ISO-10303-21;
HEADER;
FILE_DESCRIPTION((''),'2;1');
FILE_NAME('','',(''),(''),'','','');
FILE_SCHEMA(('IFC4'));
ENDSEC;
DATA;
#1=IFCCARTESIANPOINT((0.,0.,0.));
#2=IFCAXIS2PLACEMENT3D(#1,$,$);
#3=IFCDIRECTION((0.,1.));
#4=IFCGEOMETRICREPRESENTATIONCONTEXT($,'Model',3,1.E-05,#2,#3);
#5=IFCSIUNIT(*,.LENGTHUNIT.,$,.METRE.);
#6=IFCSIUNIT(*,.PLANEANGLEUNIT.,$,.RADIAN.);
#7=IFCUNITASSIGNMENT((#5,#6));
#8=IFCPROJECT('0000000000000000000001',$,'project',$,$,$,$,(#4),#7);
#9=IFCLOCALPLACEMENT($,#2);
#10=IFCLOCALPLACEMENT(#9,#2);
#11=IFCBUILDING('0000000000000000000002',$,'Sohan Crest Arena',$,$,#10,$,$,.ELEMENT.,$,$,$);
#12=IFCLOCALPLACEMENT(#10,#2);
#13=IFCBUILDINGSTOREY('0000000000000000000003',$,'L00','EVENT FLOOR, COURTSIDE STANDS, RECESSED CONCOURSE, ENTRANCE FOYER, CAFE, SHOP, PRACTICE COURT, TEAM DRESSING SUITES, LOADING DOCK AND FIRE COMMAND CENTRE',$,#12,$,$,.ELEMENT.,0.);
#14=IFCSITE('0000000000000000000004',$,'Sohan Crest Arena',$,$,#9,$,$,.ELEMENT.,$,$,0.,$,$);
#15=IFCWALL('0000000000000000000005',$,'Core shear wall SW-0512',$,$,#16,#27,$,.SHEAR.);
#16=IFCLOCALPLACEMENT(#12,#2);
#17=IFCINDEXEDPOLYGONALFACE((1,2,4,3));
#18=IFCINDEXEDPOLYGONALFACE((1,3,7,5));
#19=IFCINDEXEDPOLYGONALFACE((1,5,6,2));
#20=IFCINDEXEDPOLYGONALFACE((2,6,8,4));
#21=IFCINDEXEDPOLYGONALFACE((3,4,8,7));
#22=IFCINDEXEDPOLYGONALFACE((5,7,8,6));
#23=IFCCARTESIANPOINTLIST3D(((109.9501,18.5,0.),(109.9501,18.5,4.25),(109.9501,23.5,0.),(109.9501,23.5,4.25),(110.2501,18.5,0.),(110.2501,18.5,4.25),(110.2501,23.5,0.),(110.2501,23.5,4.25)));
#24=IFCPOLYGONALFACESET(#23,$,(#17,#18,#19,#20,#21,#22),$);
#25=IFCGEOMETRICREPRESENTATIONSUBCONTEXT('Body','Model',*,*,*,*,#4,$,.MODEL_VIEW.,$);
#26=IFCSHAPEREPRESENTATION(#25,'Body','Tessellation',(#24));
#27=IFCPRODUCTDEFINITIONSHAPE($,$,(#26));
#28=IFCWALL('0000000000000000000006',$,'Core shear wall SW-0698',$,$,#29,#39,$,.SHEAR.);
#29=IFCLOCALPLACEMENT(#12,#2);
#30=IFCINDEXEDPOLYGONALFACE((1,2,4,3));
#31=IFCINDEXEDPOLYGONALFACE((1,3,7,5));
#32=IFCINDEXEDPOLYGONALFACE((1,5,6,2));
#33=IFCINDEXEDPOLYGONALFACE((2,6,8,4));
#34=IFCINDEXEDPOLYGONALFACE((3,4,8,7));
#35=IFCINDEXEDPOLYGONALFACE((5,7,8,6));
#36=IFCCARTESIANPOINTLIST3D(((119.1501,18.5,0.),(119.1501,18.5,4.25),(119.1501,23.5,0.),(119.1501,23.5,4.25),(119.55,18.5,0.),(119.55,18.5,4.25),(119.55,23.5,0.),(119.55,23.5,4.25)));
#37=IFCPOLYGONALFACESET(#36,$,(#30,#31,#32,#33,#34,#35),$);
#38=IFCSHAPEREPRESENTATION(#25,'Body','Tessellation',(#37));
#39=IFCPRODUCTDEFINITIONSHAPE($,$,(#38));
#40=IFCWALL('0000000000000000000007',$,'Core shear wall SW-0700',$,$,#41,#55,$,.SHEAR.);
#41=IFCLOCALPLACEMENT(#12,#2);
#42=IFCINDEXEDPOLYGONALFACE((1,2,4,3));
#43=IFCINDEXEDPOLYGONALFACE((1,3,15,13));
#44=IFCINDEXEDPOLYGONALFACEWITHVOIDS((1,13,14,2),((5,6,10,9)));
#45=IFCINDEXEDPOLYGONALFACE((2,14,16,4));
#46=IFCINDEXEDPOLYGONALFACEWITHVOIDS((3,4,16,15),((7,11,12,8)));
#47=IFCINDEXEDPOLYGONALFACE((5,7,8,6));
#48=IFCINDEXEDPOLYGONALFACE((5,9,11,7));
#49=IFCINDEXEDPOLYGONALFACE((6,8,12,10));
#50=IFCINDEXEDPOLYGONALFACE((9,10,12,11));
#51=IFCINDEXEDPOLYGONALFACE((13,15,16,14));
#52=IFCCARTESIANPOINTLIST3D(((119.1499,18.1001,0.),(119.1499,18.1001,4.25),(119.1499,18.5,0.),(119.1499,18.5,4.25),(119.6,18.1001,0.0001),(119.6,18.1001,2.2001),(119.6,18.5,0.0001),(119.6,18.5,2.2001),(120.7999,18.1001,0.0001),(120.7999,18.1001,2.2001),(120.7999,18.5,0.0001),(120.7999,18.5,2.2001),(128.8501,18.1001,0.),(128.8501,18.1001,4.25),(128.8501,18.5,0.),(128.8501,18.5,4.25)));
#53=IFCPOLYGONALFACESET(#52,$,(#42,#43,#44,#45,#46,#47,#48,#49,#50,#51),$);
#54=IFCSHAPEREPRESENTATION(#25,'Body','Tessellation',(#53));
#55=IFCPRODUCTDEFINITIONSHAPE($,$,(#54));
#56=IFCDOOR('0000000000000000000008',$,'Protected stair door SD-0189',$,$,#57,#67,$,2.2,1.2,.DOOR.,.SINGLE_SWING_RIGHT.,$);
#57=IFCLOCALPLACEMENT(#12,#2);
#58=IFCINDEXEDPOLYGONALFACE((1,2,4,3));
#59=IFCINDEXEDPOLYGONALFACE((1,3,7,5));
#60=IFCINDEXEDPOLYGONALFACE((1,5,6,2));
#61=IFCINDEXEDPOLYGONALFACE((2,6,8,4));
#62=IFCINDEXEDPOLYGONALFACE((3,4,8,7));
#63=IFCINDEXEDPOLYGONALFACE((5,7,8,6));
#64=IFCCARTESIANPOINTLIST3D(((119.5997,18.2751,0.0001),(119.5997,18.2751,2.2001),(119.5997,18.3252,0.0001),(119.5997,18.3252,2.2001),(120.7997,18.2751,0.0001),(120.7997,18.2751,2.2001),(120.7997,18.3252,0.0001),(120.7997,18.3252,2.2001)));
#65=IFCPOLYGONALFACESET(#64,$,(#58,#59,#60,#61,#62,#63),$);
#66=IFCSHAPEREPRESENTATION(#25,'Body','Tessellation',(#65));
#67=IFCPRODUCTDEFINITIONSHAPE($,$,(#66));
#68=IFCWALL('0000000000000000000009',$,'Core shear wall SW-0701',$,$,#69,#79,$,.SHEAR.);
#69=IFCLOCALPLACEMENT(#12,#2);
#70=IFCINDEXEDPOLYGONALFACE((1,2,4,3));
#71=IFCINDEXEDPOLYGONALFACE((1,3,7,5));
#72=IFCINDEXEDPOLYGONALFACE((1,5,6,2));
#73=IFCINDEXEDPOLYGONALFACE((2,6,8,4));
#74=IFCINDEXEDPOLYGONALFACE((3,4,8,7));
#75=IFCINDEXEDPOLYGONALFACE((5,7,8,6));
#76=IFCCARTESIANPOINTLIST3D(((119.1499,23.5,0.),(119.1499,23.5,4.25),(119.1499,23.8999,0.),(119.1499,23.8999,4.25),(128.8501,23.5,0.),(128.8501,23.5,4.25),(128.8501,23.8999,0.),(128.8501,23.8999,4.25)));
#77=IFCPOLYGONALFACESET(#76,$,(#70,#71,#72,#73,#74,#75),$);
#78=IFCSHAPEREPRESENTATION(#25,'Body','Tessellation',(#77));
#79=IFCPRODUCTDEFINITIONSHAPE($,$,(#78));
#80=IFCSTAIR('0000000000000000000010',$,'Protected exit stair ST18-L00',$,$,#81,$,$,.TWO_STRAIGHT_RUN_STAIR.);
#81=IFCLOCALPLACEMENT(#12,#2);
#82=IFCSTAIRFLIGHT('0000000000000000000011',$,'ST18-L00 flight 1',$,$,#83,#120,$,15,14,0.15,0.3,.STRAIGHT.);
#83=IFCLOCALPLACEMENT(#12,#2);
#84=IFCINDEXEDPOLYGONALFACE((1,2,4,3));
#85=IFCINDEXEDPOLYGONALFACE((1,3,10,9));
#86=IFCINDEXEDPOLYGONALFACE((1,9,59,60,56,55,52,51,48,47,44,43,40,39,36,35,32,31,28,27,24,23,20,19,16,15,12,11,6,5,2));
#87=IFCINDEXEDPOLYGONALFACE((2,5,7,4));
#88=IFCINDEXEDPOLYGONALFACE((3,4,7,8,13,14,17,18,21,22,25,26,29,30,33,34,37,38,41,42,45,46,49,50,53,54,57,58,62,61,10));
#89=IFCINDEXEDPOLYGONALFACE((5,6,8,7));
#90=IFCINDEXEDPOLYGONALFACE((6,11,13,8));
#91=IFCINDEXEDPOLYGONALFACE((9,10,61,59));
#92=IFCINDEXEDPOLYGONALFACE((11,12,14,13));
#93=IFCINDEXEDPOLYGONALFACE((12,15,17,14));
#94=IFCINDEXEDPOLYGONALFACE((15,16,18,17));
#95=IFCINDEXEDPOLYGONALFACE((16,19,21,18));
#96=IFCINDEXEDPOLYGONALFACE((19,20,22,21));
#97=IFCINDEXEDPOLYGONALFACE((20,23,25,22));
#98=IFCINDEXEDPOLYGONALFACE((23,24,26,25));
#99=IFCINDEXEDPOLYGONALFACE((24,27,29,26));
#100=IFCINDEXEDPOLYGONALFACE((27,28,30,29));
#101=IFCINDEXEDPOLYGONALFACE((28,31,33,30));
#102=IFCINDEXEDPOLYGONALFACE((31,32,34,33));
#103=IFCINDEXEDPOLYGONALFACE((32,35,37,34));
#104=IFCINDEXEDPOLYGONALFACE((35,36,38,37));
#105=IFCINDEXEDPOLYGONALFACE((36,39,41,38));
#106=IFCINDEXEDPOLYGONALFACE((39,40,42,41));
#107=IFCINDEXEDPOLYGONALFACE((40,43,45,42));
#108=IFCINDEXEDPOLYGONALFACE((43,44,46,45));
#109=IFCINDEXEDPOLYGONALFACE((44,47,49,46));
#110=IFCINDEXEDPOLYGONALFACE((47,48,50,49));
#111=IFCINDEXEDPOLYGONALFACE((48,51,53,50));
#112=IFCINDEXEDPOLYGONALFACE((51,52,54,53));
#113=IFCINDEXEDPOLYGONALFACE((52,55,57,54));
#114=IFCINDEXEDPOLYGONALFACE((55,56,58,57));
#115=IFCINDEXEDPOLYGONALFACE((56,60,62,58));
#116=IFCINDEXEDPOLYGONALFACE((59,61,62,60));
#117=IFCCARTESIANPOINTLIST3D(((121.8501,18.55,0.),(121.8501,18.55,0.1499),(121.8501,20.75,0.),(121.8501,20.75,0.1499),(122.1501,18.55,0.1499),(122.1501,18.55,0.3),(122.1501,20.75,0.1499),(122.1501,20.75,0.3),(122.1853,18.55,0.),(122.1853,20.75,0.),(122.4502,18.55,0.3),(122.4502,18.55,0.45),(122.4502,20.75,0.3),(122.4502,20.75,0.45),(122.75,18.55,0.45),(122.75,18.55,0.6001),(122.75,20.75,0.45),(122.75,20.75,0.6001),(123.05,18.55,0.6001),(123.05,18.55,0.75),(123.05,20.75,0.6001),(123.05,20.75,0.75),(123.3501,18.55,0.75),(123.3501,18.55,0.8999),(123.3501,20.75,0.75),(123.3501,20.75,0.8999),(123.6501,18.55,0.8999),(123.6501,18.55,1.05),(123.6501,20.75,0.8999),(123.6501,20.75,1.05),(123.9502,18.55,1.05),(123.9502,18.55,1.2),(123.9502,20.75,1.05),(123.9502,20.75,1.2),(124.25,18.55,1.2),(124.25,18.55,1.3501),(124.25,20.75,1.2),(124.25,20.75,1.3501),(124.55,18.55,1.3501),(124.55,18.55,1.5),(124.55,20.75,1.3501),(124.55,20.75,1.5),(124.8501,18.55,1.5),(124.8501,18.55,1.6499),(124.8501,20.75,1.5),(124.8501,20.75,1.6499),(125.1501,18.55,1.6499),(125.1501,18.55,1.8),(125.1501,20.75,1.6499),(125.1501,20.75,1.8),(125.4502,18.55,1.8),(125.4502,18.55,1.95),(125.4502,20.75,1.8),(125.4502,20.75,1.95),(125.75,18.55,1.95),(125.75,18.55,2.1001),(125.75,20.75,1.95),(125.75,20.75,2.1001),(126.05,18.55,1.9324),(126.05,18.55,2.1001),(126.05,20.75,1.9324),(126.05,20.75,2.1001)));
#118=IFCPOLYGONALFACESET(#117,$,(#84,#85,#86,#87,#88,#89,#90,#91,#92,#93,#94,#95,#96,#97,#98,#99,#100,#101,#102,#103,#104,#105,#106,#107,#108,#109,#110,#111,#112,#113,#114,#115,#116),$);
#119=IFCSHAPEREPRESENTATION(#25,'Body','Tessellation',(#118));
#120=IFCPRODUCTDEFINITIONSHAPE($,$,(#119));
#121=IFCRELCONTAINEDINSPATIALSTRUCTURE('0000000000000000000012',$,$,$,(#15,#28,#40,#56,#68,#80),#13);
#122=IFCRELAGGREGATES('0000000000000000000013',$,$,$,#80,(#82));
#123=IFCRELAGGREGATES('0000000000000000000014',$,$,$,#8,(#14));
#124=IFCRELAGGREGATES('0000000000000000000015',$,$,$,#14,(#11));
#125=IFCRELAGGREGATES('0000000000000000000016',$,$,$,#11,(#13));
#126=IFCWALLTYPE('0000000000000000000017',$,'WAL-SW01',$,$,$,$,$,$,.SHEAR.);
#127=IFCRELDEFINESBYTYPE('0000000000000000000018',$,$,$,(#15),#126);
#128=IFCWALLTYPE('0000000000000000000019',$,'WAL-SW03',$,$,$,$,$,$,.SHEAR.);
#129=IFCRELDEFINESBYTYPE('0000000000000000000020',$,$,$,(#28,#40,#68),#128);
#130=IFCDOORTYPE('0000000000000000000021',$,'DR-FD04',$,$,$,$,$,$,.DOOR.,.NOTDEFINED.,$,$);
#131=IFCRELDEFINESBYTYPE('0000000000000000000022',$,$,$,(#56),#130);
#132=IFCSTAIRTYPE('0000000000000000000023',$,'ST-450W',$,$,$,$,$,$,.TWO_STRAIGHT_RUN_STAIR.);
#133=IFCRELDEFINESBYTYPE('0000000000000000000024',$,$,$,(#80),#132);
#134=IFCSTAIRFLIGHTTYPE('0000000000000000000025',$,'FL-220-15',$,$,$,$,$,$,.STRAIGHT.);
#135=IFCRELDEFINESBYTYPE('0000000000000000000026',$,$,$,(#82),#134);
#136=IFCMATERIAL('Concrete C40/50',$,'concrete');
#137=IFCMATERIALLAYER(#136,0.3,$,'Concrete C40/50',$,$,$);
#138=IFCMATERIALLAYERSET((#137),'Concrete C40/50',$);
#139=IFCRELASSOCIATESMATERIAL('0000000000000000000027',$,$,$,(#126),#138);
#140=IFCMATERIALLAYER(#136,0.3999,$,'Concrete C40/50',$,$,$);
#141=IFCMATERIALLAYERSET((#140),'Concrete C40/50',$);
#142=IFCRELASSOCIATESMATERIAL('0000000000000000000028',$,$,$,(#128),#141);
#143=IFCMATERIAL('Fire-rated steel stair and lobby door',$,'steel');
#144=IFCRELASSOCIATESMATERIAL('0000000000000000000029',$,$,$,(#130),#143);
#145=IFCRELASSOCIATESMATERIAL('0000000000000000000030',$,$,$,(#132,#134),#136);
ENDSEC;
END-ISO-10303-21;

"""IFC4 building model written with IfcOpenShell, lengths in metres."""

from ifc_helpers import new_model, si_unit, direction, frame, frame_2d, origin, place, context, subcontext, project, spatial, polyline, rectangle, outline, extrude, material, layer, layer_set, type_object, element, fill, aggregate, save


model = new_model("IFC4")

# Units and contexts
model_context = context("Model", 3, precision=1e-05, world=origin(), true_north=direction((0.0, 1.0)))
body_context = subcontext(model_context, "Body", "Model", "MODEL_VIEW")
ifc_project = project(units=[si_unit("LENGTHUNIT", "METRE"), si_unit("PLANEANGLEUNIT", "RADIAN")], contexts=[model_context])

# Site, building, storey
site_placement = place(None, origin())
site = spatial("IfcSite", under=ifc_project, at=site_placement, Name="Sohan Crest Arena", CompositionType="ELEMENT", RefElevation=0.0)
building_placement = place(site_placement, origin())
building = spatial("IfcBuilding", under=site, at=building_placement, Name="Sohan Crest Arena", CompositionType="ELEMENT")
storey_placement = place(building_placement, origin())
storey = spatial("IfcBuildingStorey", under=building, at=storey_placement, Name="L00", Description="EVENT FLOOR, COURTSIDE STANDS, RECESSED CONCOURSE, ENTRANCE FOYER, CAFE, SHOP, PRACTICE COURT, TEAM DRESSING SUITES, LOADING DOCK AND FIRE COMMAND CENTRE", CompositionType="ELEMENT", Elevation=0.0)

# Walls
ifc_material_1 = material(Name="Concrete C40/50", Category="concrete")
ifc_layer_1 = layer(ifc_material_1, 0.3, Name="Concrete C40/50")
ifc_layer_set_1 = layer_set([ifc_layer_1], Name="Concrete C40/50")
wall_type_1 = type_object("IfcWallType", Name="WAL-SW01", PredefinedType="SHEAR", material=ifc_layer_set_1)
wall_1_placement = place(storey_placement, frame((110.1001, 18.5, 0.0), z_axis=(0.0, 0.0, 1.0), x_axis=(0.0, 1.0, 0.0)))
element("IfcWall", 1, at=wall_1_placement, inside=storey, type_object=wall_type_1, Name="Core shear wall SW-0512", PredefinedType="SHEAR", context=body_context, shape_type="SweptSolid", body=[
    extrude(rectangle(XDim=5.0, YDim=0.3, at=frame_2d((2.5, 0.0))), origin(), (0.0, 0.0, 1.0), 4.25),
])
ifc_layer_2 = layer(ifc_material_1, 0.3999, Name="Concrete C40/50")
ifc_layer_set_2 = layer_set([ifc_layer_2], Name="Concrete C40/50")
wall_type_2 = type_object("IfcWallType", Name="WAL-SW03", PredefinedType="SHEAR", material=ifc_layer_set_2)
wall_2_placement = place(storey_placement, frame((119.3501, 18.5, 0.0), z_axis=(0.0, 0.0, 1.0), x_axis=(0.0, 1.0, 0.0)))
element("IfcWall", 2, at=wall_2_placement, inside=storey, type_object=wall_type_2, Name="Core shear wall SW-0698", PredefinedType="SHEAR", context=body_context, shape_type="SweptSolid", body=[
    extrude(rectangle(XDim=5.0, YDim=0.3999, at=frame_2d((2.5, 0.0))), origin(), (0.0, 0.0, 1.0), 4.25),
])

# Wall, opening, door
wall_3_placement = place(storey_placement, frame((119.1499, 18.3, 0.0), z_axis=(0.0, 0.0, 1.0), x_axis=(1.0, 0.0, 0.0)))
wall_3 = element("IfcWall", 3, at=wall_3_placement, inside=storey, type_object=wall_type_2, Name="Core shear wall SW-0700", PredefinedType="SHEAR", context=body_context, shape_type="SweptSolid", body=[
    extrude(rectangle(XDim=9.7002, YDim=0.3999, at=frame_2d((4.8501, 0.0))), origin(), (0.0, 0.0, 1.0), 4.25),
])
opening_1_placement = place(wall_3_placement, frame((0.45, 0.0, 0.0)))
opening_1 = element("IfcOpeningElement", 4, at=opening_1_placement, cuts=wall_3, PredefinedType="OPENING", context=body_context, shape_type="SweptSolid", body=[
    extrude(rectangle(XDim=1.2, YDim=2.2, at=frame_2d((0.6001, 1.1001))), frame((0.0, 0.21, 0.0), z_axis=(0.0, -1.0, 0.0), x_axis=(1.0, 0.0, 0.0)), (0.0, 0.0, 1.0), 0.4199),
])
ifc_material_2 = material(Name="Fire-rated steel stair and lobby door", Category="steel")
door_type_1 = type_object("IfcDoorType", Name="DR-FD04", OperationType="NOTDEFINED", PredefinedType="DOOR", material=ifc_material_2)
door_1_placement = place(opening_1_placement, frame((1.2, 0.0, 0.0), z_axis=(0.0, 0.0, 1.0), x_axis=(-1.0, 0.0, 0.0)))
door_1 = element("IfcDoor", 5, at=door_1_placement, inside=storey, type_object=door_type_1, Name="Protected stair door SD-0189", OperationType="SINGLE_SWING_RIGHT", OverallHeight=2.2, OverallWidth=1.2, PredefinedType="DOOR", context=body_context, shape_type="SweptSolid", body=[
    extrude(rectangle(XDim=1.2, YDim=2.2, at=frame_2d((0.6001, 1.1001))), frame((0.0, 0.0249, 0.0), z_axis=(0.0, -1.0, 0.0), x_axis=(1.0, 0.0, 0.0)), (0.0, 0.0, 1.0), 0.05),
])
fill(opening_1, door_1)

# Wall
wall_4_placement = place(storey_placement, frame((119.1499, 23.7, 0.0), z_axis=(0.0, 0.0, 1.0), x_axis=(1.0, 0.0, 0.0)))
element("IfcWall", 6, at=wall_4_placement, inside=storey, type_object=wall_type_2, Name="Core shear wall SW-0701", PredefinedType="SHEAR", context=body_context, shape_type="SweptSolid", body=[
    extrude(rectangle(XDim=9.7002, YDim=0.3999, at=frame_2d((4.8501, 0.0))), origin(), (0.0, 0.0, 1.0), 4.25),
])

# Stair, stair flight
stair_type = type_object("IfcStairType", Name="ST-450W", PredefinedType="TWO_STRAIGHT_RUN_STAIR", material=ifc_material_1)
stair_placement = place(storey_placement, origin())
stair = element("IfcStair", 7, at=stair_placement, inside=storey, type_object=stair_type, Name="Protected exit stair ST18-L00", PredefinedType="TWO_STRAIGHT_RUN_STAIR")
stair_flight_type = type_object("IfcStairFlightType", Name="FL-220-15", PredefinedType="STRAIGHT", material=ifc_material_1)
stair_flight_placement = place(storey_placement, frame((121.8501, 19.6499, 0.0), z_axis=(0.0, 0.0, 1.0), x_axis=(1.0, 0.0, 0.0)))
stair_flight = element("IfcStairFlight", 8, at=stair_flight_placement, type_object=stair_flight_type, Name="ST18-L00 flight 1", NumberOfRisers=15, NumberOfTreads=14, PredefinedType="STRAIGHT", RiserHeight=0.15, TreadLength=0.3, context=body_context, shape_type="SweptSolid", body=[
    extrude(outline(polyline([(0.0, 0.0), (0.0, 0.1499), (0.3, 0.1499), (0.3, 0.3), (0.6001, 0.3), (0.6001, 0.45), (0.8999, 0.45), (0.8999, 0.6001), (1.2, 0.6001), (1.2, 0.75), (1.5, 0.75), (1.5, 0.8999), (1.8, 0.8999), (1.8, 1.05), (2.1001, 1.05), (2.1001, 1.2), (2.3999, 1.2), (2.3999, 1.3501), (2.7, 1.3501), (2.7, 1.5), (3.0, 1.5), (3.0, 1.6499), (3.3, 1.6499), (3.3, 1.8), (3.6001, 1.8), (3.6001, 1.95), (3.8999, 1.95), (3.8999, 2.1001), (4.2, 2.1001), (4.2, 2.25), (4.2, 1.9324), (0.3352, 0.0), (0.0, 0.0)])), frame((0.0, 1.1001, 0.0), z_axis=(0.0, -1.0, 0.0), x_axis=(1.0, 0.0, 0.0)), (0.0, 0.0, 1.0), 2.2),
])
aggregate(stair, [stair_flight])

save(model, "model.ifc")
